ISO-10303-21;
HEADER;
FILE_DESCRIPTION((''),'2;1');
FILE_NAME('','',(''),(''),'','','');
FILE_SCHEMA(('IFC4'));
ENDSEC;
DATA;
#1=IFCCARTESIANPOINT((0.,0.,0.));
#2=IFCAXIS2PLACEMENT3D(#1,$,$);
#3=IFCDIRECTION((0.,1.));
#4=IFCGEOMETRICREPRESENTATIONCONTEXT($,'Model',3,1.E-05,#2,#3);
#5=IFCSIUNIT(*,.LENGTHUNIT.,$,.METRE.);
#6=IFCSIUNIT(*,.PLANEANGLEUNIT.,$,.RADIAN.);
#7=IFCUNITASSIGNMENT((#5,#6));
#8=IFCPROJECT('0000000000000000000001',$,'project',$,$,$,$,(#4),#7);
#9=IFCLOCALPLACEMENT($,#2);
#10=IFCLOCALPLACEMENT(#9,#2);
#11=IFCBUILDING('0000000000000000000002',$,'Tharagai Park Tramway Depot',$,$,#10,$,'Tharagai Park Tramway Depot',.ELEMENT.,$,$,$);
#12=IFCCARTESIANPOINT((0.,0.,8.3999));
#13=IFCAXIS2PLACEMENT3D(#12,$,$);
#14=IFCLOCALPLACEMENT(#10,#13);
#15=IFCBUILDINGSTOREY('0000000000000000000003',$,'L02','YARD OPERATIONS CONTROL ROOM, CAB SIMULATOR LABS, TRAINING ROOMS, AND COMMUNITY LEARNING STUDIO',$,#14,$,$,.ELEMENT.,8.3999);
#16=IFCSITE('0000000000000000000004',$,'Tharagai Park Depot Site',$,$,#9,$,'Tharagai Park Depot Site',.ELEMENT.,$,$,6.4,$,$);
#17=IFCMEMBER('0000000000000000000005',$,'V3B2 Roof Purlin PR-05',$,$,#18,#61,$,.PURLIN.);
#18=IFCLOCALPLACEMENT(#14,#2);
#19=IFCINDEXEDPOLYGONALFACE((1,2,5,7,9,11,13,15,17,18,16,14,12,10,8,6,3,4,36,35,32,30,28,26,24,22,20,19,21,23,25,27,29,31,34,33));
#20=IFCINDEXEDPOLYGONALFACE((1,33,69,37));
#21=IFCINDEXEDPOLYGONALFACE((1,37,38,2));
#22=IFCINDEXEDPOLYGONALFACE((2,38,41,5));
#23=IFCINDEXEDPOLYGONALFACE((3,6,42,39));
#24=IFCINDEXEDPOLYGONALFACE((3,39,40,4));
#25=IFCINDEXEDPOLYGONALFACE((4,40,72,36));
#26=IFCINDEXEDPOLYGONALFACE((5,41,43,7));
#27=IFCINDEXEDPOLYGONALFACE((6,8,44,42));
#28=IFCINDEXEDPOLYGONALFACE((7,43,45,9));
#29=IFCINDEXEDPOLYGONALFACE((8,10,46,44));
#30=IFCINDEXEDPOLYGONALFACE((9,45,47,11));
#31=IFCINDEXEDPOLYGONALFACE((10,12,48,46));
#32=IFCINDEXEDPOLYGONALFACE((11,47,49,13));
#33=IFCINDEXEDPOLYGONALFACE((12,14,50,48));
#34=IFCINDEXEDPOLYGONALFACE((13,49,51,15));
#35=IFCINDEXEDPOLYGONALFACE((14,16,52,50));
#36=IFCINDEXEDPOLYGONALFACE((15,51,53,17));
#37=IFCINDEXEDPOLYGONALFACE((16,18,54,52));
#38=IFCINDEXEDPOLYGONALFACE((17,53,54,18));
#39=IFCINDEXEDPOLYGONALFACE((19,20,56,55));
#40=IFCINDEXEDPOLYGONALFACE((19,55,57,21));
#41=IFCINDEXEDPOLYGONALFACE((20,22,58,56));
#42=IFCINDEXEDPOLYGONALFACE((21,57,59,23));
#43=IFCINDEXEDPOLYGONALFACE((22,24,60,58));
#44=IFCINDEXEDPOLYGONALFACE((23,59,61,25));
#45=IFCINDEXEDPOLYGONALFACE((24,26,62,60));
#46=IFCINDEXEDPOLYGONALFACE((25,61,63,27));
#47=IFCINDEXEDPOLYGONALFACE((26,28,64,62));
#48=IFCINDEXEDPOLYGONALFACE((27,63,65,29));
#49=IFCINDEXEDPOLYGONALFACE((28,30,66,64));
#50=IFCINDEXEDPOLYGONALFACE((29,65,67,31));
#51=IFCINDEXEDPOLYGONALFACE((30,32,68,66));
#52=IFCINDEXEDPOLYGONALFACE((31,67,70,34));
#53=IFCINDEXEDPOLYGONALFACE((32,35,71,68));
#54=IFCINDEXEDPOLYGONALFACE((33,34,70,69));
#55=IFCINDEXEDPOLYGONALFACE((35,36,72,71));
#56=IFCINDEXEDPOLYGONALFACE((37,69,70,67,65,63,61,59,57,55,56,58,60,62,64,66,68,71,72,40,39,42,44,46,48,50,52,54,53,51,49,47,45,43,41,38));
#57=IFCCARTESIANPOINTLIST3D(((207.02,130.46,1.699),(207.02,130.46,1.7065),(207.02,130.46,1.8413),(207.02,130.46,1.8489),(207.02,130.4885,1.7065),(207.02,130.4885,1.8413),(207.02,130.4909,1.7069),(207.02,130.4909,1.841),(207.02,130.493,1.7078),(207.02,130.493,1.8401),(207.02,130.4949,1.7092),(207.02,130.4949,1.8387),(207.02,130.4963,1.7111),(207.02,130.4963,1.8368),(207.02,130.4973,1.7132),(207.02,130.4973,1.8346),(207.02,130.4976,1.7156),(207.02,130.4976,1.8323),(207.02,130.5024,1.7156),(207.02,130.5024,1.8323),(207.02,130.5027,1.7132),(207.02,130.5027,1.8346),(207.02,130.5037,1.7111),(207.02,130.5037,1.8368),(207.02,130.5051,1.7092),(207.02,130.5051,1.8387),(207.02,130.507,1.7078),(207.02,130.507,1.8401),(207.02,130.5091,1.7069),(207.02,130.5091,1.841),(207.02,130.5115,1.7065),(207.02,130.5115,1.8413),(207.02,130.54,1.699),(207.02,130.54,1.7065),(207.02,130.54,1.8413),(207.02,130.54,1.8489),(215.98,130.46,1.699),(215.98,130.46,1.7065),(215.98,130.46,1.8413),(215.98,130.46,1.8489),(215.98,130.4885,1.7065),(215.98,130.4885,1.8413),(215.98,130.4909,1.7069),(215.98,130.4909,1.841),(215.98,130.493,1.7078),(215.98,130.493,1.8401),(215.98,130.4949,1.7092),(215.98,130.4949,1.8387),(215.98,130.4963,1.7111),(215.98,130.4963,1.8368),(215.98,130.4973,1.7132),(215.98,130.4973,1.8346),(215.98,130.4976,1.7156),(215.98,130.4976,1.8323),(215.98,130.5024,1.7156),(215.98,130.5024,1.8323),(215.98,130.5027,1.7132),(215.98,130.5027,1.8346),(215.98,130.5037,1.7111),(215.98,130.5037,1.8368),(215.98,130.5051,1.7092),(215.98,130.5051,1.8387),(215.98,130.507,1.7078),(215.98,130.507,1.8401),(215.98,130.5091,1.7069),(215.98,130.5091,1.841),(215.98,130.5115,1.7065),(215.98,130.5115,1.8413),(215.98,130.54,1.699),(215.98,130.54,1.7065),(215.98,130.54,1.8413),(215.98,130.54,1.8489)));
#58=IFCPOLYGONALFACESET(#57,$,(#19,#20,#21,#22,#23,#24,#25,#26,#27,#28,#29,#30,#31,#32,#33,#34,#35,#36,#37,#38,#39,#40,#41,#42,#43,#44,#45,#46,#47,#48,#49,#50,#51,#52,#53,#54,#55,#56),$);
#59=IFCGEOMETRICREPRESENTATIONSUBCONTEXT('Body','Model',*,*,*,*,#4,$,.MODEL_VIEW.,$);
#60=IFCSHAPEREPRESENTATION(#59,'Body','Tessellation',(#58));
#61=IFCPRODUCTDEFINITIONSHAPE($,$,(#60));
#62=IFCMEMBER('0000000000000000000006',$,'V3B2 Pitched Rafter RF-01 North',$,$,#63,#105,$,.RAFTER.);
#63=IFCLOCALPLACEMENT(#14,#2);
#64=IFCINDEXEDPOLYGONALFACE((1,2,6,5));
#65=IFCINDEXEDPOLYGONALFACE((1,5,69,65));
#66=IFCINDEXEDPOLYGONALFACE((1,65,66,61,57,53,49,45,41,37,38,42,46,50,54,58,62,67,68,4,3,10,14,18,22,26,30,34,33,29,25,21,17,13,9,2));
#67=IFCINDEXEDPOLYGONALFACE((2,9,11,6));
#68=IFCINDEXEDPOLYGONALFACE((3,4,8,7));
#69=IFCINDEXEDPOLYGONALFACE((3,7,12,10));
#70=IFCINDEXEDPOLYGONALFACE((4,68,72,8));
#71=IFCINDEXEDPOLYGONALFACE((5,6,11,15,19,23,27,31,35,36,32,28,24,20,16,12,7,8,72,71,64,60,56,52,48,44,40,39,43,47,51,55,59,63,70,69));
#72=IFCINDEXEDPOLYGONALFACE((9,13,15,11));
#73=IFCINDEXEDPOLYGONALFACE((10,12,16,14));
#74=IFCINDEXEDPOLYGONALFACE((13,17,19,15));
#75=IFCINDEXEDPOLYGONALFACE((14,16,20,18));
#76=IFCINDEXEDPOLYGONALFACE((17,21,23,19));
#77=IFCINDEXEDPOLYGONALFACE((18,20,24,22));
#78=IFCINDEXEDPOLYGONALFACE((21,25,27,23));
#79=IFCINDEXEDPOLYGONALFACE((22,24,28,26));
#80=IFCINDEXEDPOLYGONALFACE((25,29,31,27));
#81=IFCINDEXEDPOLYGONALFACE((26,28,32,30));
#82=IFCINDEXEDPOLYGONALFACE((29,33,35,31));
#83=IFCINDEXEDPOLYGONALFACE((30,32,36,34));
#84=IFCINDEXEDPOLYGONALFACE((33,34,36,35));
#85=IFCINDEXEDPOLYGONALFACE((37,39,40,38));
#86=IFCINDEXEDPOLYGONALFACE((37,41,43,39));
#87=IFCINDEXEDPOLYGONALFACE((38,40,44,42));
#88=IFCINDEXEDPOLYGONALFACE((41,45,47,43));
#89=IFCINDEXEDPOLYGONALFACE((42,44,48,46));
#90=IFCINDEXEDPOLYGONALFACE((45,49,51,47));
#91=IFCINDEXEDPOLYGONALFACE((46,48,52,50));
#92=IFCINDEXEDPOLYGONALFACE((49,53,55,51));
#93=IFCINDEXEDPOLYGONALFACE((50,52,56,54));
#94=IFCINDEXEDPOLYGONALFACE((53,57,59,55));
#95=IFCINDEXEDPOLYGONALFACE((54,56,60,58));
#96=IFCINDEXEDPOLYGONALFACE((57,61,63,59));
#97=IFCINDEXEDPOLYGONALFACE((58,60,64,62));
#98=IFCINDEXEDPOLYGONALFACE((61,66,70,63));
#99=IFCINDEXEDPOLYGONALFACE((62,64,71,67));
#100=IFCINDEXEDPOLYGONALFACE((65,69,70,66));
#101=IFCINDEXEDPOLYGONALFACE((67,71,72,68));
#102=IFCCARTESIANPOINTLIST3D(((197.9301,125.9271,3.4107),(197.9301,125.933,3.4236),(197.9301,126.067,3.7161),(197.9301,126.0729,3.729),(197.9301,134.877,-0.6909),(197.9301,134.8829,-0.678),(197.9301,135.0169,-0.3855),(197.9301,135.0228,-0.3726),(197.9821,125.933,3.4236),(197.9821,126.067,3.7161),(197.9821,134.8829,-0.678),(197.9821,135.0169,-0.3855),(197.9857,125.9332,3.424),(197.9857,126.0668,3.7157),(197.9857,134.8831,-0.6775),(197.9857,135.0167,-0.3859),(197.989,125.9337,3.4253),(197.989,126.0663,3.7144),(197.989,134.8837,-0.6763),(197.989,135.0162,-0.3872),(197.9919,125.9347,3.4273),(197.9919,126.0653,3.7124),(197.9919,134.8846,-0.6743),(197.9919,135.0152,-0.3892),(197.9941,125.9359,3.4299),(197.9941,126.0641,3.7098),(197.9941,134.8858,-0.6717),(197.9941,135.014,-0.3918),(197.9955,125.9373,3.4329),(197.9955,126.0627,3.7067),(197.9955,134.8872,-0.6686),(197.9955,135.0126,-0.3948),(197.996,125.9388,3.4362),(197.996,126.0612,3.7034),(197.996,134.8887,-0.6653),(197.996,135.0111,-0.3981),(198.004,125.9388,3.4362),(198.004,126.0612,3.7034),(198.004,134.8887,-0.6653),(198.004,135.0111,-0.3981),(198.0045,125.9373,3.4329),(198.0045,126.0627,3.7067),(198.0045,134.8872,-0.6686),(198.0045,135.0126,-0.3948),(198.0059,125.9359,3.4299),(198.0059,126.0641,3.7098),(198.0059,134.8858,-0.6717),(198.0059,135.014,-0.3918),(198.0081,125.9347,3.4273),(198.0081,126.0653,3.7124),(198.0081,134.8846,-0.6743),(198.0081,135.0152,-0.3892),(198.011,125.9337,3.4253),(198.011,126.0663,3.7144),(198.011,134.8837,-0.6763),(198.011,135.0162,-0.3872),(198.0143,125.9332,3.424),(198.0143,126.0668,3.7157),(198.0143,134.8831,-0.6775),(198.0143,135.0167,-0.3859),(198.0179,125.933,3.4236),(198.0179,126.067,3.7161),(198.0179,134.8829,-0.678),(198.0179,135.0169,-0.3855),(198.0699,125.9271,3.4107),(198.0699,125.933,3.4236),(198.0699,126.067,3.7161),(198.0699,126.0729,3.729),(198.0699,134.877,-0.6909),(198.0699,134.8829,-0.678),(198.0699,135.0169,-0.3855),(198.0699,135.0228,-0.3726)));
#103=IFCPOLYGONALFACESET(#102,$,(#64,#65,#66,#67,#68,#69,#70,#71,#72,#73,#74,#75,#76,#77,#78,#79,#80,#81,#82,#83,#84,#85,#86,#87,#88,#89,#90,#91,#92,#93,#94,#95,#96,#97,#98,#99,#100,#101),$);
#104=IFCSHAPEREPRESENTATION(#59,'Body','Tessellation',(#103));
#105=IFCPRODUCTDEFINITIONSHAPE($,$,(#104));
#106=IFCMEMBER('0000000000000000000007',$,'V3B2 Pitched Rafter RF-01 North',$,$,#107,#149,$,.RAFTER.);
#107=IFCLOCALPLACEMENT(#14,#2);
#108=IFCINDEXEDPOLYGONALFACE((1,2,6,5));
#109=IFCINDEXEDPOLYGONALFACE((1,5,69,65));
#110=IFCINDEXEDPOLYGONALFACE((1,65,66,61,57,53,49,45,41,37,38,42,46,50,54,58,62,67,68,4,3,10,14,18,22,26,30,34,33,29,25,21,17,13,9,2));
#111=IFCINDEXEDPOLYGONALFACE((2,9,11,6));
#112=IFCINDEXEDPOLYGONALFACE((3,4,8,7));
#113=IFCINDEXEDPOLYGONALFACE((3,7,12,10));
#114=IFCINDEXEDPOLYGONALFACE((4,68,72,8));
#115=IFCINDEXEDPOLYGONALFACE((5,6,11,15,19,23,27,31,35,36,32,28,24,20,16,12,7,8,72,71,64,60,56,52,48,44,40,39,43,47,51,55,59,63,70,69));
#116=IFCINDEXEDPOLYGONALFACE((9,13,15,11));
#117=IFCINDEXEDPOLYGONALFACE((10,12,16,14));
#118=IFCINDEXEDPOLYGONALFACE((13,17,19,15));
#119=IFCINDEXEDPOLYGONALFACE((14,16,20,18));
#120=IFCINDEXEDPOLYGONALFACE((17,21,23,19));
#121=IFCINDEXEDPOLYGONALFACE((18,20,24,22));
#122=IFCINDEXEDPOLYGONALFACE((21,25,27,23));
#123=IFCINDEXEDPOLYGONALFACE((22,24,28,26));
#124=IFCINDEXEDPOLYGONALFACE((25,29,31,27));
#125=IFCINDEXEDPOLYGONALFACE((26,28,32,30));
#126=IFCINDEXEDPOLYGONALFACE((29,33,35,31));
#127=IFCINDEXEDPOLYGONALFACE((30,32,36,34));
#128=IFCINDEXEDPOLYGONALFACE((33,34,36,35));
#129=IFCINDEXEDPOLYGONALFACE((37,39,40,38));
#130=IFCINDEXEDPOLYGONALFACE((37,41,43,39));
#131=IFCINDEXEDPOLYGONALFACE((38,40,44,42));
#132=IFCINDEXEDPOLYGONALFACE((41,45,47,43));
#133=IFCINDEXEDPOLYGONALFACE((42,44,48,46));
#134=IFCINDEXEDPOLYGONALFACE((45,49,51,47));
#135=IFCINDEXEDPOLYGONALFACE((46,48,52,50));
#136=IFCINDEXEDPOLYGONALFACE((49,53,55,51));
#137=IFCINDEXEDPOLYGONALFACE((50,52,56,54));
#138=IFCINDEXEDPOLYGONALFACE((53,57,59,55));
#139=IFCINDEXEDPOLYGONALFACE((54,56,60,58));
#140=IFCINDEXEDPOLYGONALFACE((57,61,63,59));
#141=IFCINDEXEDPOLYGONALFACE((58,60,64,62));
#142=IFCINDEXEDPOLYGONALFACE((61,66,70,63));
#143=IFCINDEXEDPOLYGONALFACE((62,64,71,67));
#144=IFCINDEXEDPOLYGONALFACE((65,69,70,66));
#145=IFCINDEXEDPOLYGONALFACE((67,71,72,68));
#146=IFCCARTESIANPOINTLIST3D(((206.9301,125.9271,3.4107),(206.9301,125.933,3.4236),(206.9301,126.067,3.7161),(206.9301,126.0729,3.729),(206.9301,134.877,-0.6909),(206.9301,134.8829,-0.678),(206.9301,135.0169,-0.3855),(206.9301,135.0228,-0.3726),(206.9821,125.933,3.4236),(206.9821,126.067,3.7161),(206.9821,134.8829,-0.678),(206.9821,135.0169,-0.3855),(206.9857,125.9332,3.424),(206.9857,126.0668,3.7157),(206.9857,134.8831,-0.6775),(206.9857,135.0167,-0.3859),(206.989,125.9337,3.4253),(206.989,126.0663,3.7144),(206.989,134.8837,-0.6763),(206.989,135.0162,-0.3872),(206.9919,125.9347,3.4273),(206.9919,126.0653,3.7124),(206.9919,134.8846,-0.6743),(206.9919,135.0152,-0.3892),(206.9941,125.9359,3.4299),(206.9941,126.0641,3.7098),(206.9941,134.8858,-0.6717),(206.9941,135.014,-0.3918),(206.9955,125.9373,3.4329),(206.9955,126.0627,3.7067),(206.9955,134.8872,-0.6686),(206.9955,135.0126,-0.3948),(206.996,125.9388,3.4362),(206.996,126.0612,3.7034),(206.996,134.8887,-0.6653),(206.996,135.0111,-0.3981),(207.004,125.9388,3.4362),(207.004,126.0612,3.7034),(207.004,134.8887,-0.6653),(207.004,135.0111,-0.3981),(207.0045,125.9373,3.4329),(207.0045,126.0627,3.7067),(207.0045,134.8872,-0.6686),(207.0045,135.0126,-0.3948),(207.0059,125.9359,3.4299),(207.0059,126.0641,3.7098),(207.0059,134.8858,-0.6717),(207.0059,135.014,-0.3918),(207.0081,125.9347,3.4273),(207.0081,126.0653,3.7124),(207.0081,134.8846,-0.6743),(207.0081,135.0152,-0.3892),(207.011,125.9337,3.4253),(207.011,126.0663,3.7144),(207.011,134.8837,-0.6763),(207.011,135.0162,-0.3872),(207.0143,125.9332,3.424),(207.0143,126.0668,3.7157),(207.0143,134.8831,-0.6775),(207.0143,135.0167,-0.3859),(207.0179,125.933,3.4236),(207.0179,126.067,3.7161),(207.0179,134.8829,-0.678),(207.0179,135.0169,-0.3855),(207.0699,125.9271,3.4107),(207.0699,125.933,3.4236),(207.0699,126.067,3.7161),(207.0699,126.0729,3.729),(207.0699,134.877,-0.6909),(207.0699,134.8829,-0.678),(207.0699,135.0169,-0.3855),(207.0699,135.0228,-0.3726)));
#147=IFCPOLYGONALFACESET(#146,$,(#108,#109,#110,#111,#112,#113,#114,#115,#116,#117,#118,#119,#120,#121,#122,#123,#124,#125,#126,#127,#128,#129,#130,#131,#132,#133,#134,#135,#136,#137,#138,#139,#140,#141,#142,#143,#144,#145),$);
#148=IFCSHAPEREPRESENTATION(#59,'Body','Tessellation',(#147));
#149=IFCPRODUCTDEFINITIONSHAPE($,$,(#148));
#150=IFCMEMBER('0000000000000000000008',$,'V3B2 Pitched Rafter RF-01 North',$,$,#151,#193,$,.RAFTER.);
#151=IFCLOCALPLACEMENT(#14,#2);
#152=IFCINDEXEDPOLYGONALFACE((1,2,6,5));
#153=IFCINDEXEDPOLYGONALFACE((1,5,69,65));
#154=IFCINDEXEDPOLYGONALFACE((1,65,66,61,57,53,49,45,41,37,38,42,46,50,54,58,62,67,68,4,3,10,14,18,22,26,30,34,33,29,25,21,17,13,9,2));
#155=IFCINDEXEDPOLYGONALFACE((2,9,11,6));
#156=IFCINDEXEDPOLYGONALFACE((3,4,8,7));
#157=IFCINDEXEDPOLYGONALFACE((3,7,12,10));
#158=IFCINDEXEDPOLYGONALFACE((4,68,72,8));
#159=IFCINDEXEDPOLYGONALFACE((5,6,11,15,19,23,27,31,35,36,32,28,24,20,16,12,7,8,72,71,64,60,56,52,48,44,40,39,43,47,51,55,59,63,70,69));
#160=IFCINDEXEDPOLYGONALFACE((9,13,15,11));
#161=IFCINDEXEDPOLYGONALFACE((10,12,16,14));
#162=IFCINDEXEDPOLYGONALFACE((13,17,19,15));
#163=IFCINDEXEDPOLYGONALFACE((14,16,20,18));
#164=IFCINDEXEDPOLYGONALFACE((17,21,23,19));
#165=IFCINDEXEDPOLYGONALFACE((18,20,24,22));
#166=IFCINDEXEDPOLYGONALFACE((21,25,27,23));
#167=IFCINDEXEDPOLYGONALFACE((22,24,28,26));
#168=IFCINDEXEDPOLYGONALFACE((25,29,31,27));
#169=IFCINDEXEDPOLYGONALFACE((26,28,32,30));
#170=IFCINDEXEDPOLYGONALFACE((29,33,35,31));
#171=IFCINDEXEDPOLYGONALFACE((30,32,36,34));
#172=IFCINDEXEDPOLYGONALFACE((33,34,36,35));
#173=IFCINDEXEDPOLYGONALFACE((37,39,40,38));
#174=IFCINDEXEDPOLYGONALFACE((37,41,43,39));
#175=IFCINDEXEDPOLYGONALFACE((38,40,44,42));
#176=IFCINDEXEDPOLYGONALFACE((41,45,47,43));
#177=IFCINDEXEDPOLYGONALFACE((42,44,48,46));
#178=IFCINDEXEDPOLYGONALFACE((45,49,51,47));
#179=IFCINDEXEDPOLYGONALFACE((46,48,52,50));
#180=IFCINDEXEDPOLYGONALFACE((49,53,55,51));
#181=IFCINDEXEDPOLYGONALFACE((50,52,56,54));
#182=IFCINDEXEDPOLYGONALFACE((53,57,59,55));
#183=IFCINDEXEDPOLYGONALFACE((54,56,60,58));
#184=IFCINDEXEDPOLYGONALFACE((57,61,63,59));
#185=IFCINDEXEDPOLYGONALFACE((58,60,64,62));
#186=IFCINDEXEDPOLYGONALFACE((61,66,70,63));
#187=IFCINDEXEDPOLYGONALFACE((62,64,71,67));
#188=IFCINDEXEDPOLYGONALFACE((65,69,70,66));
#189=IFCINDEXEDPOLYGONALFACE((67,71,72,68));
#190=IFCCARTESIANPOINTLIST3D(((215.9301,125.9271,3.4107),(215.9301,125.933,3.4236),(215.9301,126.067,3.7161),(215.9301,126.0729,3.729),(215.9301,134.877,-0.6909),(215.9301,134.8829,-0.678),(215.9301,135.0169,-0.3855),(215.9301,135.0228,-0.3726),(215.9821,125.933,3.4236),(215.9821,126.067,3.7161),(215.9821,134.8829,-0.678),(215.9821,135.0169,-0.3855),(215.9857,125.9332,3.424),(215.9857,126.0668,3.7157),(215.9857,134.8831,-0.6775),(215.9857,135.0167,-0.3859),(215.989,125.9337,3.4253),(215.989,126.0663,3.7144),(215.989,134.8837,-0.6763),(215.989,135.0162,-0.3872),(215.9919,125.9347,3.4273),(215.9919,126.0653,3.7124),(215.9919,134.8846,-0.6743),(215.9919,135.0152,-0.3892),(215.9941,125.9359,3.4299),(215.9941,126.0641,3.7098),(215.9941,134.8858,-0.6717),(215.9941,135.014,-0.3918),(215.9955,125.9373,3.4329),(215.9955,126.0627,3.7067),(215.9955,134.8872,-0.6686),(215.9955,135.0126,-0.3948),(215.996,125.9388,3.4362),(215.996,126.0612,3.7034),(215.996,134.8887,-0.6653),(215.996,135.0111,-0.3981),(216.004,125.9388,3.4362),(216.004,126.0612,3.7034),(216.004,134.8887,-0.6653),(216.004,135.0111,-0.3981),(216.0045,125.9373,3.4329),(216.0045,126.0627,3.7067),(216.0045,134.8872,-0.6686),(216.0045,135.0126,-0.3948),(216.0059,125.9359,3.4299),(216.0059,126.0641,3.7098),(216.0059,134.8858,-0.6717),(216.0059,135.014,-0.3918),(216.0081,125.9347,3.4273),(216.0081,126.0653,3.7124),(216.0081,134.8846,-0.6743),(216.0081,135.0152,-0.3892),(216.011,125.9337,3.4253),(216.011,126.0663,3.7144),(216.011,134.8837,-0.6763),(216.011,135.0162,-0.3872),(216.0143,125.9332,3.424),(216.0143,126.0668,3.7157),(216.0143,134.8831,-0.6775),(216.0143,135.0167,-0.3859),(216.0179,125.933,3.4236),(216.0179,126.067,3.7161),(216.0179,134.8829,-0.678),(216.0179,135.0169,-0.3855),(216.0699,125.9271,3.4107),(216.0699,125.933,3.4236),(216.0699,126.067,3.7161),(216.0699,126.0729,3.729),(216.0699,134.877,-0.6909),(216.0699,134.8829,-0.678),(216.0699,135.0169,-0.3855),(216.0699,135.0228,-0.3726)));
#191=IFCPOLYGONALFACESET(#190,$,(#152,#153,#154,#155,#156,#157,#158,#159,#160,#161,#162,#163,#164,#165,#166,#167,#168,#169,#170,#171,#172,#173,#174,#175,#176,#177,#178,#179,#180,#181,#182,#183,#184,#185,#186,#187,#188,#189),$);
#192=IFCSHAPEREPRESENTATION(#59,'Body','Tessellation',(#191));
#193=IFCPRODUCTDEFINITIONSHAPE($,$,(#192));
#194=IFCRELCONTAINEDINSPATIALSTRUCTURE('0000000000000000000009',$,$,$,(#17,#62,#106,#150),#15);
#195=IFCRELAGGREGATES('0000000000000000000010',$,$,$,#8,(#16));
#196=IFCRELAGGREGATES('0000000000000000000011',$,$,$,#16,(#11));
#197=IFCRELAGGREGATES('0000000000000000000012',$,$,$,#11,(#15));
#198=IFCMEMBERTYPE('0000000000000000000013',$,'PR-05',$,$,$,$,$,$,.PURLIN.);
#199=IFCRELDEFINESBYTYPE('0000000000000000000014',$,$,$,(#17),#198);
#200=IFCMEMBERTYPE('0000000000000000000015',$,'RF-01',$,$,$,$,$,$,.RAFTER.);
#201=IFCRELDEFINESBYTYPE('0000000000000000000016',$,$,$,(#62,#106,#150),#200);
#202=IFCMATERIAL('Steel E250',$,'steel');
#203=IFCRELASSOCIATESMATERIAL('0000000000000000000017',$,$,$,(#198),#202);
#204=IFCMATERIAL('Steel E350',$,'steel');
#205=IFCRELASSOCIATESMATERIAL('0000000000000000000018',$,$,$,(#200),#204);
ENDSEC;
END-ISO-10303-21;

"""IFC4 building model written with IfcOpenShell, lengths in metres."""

from ifc_helpers import new_model, si_unit, direction, frame, origin, origin_2d, place, context, subcontext, project, spatial, i_section, extrude, material, material_profile, profile_set, type_object, element, save


model = new_model("IFC4")

# Units and contexts
model_context = context("Model", 3, precision=1e-05, world=origin(), true_north=direction((0.0, 1.0)))
body_context = subcontext(model_context, "Body", "Model", "MODEL_VIEW")
ifc_project = project(units=[si_unit("LENGTHUNIT", "METRE"), si_unit("PLANEANGLEUNIT", "RADIAN")], contexts=[model_context])

# Site, building, storey
site_placement = place(None, origin())
site = spatial("IfcSite", under=ifc_project, at=site_placement, Name="Tharagai Park Depot Site", LongName="Tharagai Park Depot Site", CompositionType="ELEMENT", RefElevation=6.4)
building_placement = place(site_placement, origin())
building = spatial("IfcBuilding", under=site, at=building_placement, Name="Tharagai Park Tramway Depot", LongName="Tharagai Park Tramway Depot", CompositionType="ELEMENT")
storey_placement = place(building_placement, frame((0.0, 0.0, 8.3999)))
storey = spatial("IfcBuildingStorey", under=building, at=storey_placement, Name="L02", Description="YARD OPERATIONS CONTROL ROOM, CAB SIMULATOR LABS, TRAINING ROOMS, AND COMMUNITY LEARNING STUDIO", CompositionType="ELEMENT", Elevation=8.3999)

# Shared definitions
ifc_material_1 = material(Name="Steel E350", Category="steel")

# Members
ifc_material_2 = material(Name="Steel E250", Category="steel")
ifc_material_profile_1 = material_profile(ifc_material_2, i_section(OverallWidth=0.0801, OverallDepth=0.1499, WebThickness=0.0049, FlangeThickness=0.0076, FilletRadius=0.009, at=origin_2d()), Name="ISMB 150")
ifc_profile_set_1 = profile_set([ifc_material_profile_1], Name="Steel E250")
member_type_1 = type_object("IfcMemberType", Name="PR-05", PredefinedType="PURLIN", material=ifc_profile_set_1)
for number, where, z_axis, x_axis, name in (
    (1, (207.02, 130.5, 1.7739), (1.0, 0.0, 0.0), (0.0, 1.0, 0.0), "V3B2 Roof Purlin PR-05"),
):
    element("IfcMember", number, at=place(storey_placement, frame(where, z_axis=z_axis, x_axis=x_axis)), inside=storey, type_object=member_type_1, Name=name, PredefinedType="PURLIN", context=body_context, shape_type="SweptSolid", body=[
        extrude(i_section(OverallWidth=0.0801, OverallDepth=0.1499, WebThickness=0.0049, FlangeThickness=0.0076, FilletRadius=0.009, at=origin_2d()), origin(), (0.0, 0.0, 1.0), 8.96),
    ])
ifc_material_profile_2 = material_profile(ifc_material_1, i_section(OverallWidth=0.1399, OverallDepth=0.3501, WebThickness=0.0081, FlangeThickness=0.0142, FilletRadius=0.0139, at=origin_2d()), Name="ISMB 350")
ifc_profile_set_2 = profile_set([ifc_material_profile_2], Name="Steel E350")
member_type_2 = type_object("IfcMemberType", Name="RF-01", PredefinedType="RAFTER", material=ifc_profile_set_2)
for number, where, z_axis, x_axis, name in (
    (2, (198.0, 126.0, 3.5698), (0.0, 0.909084, -0.416613), (-1.0, 0.0, 0.0), "V3B2 Pitched Rafter RF-01 North"),
    (3, (207.0, 126.0, 3.5698), (0.0, 0.909084, -0.416613), (-1.0, 0.0, 0.0), "V3B2 Pitched Rafter RF-01 North"),
    (4, (216.0, 126.0, 3.5698), (0.0, 0.909084, -0.416613), (-1.0, 0.0, 0.0), "V3B2 Pitched Rafter RF-01 North"),
):
    element("IfcMember", number, at=place(storey_placement, frame(where, z_axis=z_axis, x_axis=x_axis)), inside=storey, type_object=member_type_2, Name=name, PredefinedType="RAFTER", context=body_context, shape_type="SweptSolid", body=[
        extrude(i_section(OverallWidth=0.1399, OverallDepth=0.3501, WebThickness=0.0081, FlangeThickness=0.0142, FilletRadius=0.0139, at=origin_2d()), origin(), (0.0, 0.0, 1.0), 9.845),
    ])

save(model, "model.ifc")
